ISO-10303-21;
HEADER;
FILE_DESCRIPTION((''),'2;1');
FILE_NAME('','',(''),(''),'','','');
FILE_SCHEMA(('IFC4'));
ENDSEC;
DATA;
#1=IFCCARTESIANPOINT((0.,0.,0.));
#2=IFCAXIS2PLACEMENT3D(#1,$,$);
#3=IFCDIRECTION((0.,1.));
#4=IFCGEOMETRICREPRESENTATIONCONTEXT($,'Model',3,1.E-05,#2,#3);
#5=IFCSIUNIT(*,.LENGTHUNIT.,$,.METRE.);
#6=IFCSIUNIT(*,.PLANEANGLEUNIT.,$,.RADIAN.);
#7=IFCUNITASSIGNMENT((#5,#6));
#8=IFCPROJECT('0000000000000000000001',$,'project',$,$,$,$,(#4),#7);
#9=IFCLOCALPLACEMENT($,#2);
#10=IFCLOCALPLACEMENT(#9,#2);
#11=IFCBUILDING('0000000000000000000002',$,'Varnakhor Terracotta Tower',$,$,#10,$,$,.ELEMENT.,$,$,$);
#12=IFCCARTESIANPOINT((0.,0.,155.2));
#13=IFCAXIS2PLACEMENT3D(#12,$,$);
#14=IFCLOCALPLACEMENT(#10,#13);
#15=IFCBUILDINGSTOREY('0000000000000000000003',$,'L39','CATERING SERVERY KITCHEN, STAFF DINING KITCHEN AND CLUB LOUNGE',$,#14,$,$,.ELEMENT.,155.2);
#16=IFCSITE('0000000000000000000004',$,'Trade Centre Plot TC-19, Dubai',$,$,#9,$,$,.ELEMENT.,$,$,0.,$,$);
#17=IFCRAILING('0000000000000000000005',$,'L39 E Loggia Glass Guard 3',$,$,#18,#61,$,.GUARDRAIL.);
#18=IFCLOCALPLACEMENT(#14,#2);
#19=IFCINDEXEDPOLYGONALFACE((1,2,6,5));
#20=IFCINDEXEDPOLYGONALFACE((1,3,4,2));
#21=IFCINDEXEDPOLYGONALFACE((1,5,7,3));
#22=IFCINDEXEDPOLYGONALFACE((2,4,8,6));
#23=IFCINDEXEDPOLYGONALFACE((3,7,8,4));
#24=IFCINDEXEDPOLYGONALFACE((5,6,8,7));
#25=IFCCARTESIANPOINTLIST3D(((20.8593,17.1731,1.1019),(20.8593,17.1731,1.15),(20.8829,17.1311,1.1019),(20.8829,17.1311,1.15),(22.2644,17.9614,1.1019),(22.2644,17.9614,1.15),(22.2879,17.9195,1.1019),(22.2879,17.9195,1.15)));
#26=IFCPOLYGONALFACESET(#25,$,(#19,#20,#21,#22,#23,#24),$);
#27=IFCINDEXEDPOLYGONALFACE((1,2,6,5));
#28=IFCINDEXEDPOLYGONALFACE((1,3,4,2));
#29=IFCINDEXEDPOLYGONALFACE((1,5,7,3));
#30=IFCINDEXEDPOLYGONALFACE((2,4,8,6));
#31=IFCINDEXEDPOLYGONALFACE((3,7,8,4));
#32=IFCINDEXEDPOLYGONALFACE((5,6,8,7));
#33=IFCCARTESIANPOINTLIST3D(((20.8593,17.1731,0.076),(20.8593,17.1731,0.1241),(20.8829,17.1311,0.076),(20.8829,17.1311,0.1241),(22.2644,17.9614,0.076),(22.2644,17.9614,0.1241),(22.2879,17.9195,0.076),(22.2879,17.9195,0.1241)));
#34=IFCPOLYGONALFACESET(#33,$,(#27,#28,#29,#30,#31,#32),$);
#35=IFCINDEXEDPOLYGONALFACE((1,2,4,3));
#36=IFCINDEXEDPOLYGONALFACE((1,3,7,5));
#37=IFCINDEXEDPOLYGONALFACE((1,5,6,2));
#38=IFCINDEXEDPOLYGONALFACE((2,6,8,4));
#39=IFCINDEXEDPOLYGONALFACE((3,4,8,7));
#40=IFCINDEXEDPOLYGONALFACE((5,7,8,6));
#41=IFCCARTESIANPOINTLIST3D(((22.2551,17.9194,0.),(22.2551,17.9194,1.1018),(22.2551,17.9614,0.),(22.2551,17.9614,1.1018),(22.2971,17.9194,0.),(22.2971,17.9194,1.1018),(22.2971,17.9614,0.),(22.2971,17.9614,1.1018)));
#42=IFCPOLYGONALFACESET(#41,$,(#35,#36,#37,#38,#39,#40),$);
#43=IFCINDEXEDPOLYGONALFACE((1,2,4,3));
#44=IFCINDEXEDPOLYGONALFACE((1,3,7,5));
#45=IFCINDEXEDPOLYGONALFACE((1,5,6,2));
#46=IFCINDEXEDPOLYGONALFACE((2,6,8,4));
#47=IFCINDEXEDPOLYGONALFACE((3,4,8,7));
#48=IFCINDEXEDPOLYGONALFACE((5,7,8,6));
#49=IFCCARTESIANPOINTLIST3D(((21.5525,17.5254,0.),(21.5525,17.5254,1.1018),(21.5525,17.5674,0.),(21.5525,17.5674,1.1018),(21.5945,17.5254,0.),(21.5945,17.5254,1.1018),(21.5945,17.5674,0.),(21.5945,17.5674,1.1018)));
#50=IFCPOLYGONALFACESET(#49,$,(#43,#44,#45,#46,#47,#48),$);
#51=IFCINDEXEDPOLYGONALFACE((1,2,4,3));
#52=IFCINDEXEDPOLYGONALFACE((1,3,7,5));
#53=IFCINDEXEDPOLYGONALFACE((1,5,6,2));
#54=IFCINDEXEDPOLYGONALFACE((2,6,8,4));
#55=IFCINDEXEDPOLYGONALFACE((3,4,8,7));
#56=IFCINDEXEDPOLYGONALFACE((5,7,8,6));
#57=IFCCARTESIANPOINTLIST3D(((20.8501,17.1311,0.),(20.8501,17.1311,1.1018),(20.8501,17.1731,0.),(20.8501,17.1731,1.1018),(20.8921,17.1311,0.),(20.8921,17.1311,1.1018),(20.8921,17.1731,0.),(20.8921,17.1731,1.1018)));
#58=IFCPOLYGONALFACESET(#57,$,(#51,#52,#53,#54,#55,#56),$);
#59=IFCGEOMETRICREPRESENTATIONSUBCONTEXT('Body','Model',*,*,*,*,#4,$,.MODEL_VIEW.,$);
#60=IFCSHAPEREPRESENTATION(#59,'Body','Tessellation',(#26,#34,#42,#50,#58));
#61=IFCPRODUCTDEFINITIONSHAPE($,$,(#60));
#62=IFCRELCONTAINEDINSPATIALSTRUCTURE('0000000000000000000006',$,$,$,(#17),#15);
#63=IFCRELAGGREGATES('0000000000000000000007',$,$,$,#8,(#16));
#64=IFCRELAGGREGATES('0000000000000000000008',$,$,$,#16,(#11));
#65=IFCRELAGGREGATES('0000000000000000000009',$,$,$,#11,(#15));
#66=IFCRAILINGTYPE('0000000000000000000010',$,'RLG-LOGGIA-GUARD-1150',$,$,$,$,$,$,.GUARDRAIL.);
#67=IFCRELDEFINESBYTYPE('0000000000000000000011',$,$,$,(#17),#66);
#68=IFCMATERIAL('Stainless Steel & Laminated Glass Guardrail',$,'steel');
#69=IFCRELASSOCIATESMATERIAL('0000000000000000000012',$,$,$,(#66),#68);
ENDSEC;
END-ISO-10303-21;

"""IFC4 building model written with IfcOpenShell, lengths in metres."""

from ifc_helpers import new_model, si_unit, direction, frame, origin, origin_2d, place, context, subcontext, project, spatial, rectangle, extrude, material, type_object, element, save


model = new_model("IFC4")

# Units and contexts
model_context = context("Model", 3, precision=1e-05, world=origin(), true_north=direction((0.0, 1.0)))
body_context = subcontext(model_context, "Body", "Model", "MODEL_VIEW")
ifc_project = project(units=[si_unit("LENGTHUNIT", "METRE"), si_unit("PLANEANGLEUNIT", "RADIAN")], contexts=[model_context])

# Site, building, storey
site_placement = place(None, origin())
site = spatial("IfcSite", under=ifc_project, at=site_placement, Name="Trade Centre Plot TC-19, Dubai", CompositionType="ELEMENT", RefElevation=0.0)
building_placement = place(site_placement, origin())
building = spatial("IfcBuilding", under=site, at=building_placement, Name="Varnakhor Terracotta Tower", CompositionType="ELEMENT")
storey_placement = place(building_placement, frame((0.0, 0.0, 155.2)))
storey = spatial("IfcBuildingStorey", under=building, at=storey_placement, Name="L39", Description="CATERING SERVERY KITCHEN, STAFF DINING KITCHEN AND CLUB LOUNGE", CompositionType="ELEMENT", Elevation=155.2)

# Railing
ifc_material_1 = material(Name="Stainless Steel & Laminated Glass Guardrail", Category="steel")
railing_type = type_object("IfcRailingType", Name="RLG-LOGGIA-GUARD-1150", PredefinedType="GUARDRAIL", material=ifc_material_1)
railing_placement = place(storey_placement, frame((22.2761, 17.9404, 0.0)))
element("IfcRailing", 1, at=railing_placement, inside=storey, type_object=railing_type, Name="L39 E Loggia Glass Guard 3", PredefinedType="GUARDRAIL", context=body_context, shape_type="SweptSolid", body=[
    extrude(rectangle(XDim=0.0481, YDim=0.0481, at=origin_2d()), frame((0.0, 0.0, 1.126), z_axis=(-0.872105, -0.489318, 0.0), x_axis=(0.489318, -0.872105, 0.0)), (0.0, 0.0, 1.0), 1.6111),
    extrude(rectangle(XDim=0.0481, YDim=0.0481, at=origin_2d()), frame((0.0, 0.0, 0.1001), z_axis=(-0.872105, -0.489318, 0.0), x_axis=(0.489318, -0.872105, 0.0)), (0.0, 0.0, 1.0), 1.6111),
    extrude(rectangle(XDim=0.042, YDim=0.042, at=origin_2d()), origin(), (0.0, 0.0, 1.0), 1.1018),
    extrude(rectangle(XDim=0.042, YDim=0.042, at=origin_2d()), frame((-0.7026, -0.394, 0.0)), (0.0, 0.0, 1.0), 1.1018),
    extrude(rectangle(XDim=0.042, YDim=0.042, at=origin_2d()), frame((-1.405, -0.7883, 0.0)), (0.0, 0.0, 1.0), 1.1018),
])

save(model, "model.ifc")
